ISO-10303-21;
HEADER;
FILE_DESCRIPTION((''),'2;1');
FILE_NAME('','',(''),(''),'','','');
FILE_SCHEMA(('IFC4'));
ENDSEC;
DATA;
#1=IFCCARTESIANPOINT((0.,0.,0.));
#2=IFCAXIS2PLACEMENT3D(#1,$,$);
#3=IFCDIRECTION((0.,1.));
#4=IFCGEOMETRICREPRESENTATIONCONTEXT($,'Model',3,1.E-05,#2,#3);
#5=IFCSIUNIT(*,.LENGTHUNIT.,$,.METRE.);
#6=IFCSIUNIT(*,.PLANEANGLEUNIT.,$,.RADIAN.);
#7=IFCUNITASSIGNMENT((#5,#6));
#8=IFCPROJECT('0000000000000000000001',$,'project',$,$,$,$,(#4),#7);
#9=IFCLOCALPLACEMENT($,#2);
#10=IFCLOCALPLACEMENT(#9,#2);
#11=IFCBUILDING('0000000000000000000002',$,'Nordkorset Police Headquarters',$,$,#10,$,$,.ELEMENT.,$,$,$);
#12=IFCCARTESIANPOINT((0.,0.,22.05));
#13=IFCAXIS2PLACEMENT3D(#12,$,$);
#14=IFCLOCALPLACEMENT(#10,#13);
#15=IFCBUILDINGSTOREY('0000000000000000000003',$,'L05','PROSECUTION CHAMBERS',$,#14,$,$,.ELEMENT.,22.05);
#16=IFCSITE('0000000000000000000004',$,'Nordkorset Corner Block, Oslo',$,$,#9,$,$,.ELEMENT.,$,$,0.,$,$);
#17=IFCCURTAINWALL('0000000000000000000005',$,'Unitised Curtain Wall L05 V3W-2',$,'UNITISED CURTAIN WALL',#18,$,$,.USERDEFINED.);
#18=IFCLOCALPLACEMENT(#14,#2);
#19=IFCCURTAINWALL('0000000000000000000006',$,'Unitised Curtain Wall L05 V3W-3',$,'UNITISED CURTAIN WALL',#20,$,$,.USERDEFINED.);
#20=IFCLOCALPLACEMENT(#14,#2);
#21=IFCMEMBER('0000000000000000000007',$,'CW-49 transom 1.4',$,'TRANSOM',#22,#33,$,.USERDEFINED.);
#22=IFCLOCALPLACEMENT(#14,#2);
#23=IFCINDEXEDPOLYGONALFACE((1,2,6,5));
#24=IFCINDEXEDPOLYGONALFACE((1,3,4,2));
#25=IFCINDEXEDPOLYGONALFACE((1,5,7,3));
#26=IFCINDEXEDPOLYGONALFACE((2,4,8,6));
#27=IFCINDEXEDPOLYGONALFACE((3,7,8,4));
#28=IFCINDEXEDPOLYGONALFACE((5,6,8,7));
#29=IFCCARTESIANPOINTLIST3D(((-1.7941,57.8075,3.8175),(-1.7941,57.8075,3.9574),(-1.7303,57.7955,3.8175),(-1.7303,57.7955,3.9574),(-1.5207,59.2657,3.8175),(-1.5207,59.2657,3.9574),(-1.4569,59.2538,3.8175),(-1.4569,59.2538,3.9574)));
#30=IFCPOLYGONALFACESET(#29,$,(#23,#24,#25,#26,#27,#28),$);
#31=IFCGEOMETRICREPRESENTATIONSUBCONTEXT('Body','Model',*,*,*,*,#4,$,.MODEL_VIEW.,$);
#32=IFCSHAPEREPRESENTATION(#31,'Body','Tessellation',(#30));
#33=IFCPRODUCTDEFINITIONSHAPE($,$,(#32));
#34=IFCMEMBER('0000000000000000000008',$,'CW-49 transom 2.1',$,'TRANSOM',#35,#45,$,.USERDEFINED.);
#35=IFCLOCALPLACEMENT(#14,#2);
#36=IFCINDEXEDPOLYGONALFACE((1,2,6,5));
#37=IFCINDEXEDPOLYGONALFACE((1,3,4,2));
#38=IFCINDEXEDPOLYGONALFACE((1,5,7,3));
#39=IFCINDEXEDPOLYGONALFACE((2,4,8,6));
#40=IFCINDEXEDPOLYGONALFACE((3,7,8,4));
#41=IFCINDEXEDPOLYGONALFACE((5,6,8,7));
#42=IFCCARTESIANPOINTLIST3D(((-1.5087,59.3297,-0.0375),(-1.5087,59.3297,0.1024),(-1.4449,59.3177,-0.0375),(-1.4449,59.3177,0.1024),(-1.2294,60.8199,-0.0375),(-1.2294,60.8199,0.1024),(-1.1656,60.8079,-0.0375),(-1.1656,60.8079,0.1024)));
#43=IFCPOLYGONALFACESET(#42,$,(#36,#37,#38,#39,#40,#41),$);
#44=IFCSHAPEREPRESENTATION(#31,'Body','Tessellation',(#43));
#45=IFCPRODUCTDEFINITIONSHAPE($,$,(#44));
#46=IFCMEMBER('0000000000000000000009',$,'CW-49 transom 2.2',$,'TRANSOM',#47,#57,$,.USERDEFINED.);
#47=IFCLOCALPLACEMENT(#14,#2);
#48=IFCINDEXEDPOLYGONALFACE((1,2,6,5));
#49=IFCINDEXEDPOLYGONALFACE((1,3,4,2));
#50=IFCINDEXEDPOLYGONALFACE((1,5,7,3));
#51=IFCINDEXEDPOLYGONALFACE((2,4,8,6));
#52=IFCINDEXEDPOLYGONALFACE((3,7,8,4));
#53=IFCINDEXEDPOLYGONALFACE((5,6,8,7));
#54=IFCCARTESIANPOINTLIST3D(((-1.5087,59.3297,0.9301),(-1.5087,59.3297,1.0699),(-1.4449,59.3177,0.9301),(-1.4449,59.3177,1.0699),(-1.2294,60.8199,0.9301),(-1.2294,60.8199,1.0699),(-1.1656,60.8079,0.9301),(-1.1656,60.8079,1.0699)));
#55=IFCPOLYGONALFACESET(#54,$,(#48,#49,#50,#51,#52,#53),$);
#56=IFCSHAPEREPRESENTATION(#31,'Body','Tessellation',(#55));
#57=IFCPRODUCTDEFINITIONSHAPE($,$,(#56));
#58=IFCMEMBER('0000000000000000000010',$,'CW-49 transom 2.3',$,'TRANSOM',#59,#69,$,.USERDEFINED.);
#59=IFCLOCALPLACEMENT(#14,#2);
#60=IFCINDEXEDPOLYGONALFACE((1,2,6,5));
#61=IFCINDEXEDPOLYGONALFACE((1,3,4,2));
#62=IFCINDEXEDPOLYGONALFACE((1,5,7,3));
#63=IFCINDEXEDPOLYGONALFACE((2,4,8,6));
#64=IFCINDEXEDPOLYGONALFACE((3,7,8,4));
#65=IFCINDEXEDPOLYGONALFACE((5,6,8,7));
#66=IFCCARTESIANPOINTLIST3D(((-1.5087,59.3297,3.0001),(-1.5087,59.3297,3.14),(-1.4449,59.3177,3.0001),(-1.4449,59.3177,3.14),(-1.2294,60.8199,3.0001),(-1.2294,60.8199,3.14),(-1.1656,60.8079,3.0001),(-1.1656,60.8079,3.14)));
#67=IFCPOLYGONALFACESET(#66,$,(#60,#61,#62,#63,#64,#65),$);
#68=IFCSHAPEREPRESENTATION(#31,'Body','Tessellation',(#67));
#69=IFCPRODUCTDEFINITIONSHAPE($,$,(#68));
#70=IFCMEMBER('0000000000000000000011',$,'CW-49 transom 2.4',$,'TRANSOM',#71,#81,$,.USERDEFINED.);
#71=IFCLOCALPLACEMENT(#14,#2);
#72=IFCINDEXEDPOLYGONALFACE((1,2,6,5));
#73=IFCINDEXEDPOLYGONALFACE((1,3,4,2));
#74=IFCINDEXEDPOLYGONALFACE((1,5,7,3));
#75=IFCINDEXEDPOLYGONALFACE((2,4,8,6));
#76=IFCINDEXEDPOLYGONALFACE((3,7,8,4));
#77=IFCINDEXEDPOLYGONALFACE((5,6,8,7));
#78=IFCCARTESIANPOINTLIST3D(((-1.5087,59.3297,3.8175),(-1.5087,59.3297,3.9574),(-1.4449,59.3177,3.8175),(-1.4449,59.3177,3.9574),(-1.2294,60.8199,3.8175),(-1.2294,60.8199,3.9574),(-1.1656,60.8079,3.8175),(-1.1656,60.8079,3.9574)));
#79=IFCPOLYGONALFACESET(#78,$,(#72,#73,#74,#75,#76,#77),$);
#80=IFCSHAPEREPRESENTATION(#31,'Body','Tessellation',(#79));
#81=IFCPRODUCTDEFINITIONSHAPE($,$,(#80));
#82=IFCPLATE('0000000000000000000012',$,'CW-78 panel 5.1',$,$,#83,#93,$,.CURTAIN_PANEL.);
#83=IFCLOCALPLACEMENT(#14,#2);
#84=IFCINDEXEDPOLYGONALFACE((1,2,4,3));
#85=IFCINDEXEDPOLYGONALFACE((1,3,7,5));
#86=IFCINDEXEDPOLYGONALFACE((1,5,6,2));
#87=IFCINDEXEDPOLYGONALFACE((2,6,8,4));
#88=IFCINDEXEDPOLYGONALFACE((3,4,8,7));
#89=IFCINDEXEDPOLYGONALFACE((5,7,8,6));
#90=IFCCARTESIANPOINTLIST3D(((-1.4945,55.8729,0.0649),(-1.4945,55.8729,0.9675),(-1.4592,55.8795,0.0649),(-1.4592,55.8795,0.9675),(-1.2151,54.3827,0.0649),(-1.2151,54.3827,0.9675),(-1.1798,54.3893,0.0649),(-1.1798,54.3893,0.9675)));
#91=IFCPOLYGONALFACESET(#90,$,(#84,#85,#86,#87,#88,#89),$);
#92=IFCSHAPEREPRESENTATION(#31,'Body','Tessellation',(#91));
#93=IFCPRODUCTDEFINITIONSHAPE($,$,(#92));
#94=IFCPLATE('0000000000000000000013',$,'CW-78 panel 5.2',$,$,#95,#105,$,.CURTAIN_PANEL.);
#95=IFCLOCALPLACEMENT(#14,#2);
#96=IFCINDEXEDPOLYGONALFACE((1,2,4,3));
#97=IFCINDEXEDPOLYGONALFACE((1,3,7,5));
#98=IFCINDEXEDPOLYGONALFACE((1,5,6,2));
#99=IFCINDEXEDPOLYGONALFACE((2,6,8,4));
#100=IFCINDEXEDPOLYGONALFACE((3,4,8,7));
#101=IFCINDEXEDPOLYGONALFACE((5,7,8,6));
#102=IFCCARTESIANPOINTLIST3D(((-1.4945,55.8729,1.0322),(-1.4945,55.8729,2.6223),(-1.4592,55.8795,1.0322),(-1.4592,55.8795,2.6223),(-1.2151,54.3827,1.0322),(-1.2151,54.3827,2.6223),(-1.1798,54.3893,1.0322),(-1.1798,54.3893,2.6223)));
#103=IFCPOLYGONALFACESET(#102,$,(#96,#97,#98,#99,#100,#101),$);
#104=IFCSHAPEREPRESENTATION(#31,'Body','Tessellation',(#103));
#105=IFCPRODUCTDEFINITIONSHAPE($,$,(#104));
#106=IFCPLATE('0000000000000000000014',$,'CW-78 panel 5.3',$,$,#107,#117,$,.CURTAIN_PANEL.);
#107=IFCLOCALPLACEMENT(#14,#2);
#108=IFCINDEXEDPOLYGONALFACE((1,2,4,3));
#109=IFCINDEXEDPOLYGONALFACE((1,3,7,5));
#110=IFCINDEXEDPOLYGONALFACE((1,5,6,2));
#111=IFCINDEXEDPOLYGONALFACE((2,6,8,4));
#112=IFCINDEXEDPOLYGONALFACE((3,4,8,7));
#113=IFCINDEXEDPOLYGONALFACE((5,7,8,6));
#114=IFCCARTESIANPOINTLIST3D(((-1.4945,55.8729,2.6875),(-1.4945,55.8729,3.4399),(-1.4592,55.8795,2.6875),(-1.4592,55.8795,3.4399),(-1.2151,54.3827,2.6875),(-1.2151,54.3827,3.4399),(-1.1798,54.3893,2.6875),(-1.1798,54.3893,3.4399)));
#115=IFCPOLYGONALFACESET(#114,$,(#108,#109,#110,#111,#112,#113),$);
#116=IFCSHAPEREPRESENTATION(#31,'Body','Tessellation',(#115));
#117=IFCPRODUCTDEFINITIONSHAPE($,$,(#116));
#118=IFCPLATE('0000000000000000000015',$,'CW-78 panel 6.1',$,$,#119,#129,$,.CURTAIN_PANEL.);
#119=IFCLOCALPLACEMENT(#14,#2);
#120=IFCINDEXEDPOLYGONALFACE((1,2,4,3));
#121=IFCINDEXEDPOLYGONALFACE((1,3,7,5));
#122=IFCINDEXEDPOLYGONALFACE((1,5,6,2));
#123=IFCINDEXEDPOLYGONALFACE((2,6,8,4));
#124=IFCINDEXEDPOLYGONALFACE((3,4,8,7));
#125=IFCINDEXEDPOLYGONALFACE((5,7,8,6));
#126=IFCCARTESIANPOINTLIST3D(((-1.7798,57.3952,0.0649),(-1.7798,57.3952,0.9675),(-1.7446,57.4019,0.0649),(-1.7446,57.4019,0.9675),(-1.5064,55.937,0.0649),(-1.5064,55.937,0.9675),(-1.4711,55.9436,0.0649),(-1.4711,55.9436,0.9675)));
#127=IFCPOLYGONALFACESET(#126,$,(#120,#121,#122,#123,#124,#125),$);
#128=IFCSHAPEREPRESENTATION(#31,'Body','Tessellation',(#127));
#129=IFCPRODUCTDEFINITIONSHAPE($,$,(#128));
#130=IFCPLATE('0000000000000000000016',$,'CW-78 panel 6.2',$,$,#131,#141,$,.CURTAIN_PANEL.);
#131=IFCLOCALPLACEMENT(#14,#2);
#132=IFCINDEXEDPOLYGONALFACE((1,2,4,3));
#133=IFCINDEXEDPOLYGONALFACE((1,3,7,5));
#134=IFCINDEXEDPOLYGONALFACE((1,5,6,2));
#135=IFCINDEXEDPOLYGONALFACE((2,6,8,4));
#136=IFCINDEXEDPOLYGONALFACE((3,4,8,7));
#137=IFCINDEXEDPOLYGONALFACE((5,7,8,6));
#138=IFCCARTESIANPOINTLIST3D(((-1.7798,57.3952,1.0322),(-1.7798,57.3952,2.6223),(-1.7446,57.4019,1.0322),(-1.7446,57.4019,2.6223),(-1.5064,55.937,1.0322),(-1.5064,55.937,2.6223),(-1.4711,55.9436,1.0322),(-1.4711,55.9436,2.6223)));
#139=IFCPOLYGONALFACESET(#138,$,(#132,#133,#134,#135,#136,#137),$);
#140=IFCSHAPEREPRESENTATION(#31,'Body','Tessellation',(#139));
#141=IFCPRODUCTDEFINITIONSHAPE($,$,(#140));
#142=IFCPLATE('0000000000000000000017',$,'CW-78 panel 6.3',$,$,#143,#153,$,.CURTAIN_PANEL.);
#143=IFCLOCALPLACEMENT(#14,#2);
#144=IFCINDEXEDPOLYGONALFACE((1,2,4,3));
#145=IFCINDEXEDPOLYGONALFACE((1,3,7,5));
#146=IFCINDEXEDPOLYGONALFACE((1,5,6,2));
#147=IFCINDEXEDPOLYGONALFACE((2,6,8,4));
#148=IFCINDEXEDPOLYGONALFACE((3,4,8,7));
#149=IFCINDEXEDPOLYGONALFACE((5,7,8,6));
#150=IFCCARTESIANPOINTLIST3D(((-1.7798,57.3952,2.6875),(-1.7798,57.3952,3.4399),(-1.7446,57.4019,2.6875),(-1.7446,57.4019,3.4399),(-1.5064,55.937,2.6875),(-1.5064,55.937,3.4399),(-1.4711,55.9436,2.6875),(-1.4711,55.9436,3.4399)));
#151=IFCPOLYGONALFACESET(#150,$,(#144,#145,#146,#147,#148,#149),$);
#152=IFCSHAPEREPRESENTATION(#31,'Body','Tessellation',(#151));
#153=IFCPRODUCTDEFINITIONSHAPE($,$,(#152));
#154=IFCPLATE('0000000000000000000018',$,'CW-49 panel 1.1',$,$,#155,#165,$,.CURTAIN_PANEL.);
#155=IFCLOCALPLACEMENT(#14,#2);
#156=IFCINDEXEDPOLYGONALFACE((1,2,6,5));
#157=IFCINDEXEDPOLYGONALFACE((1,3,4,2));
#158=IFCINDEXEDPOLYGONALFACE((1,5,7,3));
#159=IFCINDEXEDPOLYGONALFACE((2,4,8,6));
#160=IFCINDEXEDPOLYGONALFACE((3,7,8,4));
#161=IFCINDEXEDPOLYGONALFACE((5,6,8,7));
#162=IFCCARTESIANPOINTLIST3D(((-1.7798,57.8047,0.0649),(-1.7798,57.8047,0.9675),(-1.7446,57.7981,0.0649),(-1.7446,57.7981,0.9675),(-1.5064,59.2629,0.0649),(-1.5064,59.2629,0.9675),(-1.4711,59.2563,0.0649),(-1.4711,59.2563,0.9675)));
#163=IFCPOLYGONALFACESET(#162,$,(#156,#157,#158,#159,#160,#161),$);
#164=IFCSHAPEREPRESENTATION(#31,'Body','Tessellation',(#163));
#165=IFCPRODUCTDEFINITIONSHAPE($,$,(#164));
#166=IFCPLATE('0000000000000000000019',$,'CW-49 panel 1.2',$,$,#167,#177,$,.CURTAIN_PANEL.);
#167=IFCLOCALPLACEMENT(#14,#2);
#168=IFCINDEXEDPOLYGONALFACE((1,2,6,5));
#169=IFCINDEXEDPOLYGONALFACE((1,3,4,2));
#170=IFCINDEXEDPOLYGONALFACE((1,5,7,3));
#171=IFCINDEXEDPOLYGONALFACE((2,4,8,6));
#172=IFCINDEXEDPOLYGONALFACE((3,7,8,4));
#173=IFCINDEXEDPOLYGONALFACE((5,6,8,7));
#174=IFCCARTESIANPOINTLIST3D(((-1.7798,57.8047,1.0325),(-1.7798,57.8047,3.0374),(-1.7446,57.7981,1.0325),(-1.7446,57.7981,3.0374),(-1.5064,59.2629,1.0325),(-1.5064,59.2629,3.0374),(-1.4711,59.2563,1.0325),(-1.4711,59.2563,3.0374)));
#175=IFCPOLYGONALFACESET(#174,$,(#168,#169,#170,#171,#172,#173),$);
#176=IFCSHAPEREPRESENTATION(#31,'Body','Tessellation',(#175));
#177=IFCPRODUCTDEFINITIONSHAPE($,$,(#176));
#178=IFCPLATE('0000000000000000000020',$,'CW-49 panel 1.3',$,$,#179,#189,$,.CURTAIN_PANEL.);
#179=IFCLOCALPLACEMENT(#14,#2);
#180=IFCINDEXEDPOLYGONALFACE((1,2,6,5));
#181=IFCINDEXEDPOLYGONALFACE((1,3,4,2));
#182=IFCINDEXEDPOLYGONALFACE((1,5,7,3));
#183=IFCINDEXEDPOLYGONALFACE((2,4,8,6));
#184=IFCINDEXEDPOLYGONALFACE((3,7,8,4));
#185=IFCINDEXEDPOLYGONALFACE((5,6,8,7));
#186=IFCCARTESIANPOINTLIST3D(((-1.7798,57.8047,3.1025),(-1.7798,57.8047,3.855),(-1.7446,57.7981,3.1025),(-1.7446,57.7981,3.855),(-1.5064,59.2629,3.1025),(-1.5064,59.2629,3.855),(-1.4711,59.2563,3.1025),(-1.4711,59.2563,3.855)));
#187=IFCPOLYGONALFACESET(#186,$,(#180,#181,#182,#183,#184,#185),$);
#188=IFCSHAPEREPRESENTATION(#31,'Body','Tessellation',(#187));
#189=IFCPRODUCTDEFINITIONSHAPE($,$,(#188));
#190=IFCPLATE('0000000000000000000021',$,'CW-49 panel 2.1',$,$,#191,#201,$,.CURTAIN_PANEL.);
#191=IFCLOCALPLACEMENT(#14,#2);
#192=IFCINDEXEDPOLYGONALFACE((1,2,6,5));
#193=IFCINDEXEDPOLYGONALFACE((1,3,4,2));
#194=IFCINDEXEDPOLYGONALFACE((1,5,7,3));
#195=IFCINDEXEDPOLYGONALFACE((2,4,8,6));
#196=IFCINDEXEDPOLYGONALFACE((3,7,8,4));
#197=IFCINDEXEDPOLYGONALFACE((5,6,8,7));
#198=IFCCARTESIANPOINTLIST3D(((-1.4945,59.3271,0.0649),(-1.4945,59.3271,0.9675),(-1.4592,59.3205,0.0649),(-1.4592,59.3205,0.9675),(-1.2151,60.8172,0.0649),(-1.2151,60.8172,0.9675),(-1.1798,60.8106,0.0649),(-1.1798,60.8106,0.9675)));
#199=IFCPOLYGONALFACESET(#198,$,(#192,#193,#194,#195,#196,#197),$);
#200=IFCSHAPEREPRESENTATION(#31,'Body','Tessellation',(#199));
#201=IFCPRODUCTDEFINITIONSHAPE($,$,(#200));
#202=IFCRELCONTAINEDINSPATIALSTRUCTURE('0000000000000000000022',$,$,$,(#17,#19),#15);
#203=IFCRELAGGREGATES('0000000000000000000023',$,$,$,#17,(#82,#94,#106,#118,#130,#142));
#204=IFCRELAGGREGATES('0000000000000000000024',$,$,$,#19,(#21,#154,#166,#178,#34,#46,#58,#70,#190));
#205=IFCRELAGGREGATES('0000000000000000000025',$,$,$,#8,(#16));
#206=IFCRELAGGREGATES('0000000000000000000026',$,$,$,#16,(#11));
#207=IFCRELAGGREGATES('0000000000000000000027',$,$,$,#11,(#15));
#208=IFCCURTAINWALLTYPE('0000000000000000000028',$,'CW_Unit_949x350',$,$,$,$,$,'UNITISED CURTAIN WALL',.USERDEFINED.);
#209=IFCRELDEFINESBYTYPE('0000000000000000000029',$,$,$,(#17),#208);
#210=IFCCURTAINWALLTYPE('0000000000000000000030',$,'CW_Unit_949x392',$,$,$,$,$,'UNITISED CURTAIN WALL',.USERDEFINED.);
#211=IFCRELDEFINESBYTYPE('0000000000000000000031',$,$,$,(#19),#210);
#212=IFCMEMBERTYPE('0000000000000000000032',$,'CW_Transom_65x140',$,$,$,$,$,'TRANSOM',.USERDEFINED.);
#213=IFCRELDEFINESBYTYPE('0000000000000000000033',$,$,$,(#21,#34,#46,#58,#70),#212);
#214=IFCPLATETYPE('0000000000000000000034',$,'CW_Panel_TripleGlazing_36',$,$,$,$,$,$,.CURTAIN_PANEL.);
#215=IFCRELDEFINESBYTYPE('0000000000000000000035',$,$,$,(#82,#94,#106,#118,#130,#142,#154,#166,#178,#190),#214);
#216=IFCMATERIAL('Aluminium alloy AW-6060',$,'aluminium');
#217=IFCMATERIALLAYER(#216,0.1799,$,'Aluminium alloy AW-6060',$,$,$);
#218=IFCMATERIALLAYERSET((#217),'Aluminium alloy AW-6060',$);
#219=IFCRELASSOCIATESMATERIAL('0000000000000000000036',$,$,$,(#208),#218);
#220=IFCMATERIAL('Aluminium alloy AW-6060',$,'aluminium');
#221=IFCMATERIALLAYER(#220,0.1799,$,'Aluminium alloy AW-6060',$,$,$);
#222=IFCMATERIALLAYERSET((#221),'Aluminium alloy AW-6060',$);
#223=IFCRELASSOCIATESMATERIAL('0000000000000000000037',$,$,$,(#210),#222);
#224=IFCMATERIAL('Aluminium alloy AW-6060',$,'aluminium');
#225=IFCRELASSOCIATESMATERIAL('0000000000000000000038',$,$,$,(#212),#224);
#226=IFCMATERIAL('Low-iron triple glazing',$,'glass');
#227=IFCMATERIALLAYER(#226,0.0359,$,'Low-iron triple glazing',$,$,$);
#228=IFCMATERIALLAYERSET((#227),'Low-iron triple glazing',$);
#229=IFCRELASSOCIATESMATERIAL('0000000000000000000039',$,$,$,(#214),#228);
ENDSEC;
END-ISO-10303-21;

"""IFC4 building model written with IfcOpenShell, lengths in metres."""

from ifc_helpers import new_model, si_unit, direction, frame, origin, origin_2d, place, context, subcontext, project, spatial, rectangle, extrude, material, layer, layer_set, material_profile, profile_set, type_object, element, aggregate, save


model = new_model("IFC4")

# Units and contexts
model_context = context("Model", 3, precision=1e-05, world=origin(), true_north=direction((0.0, 1.0)))
body_context = subcontext(model_context, "Body", "Model", "MODEL_VIEW")
ifc_project = project(units=[si_unit("LENGTHUNIT", "METRE"), si_unit("PLANEANGLEUNIT", "RADIAN")], contexts=[model_context])

# Site, building, storey
site_placement = place(None, origin())
site = spatial("IfcSite", under=ifc_project, at=site_placement, Name="Nordkorset Corner Block, Oslo", CompositionType="ELEMENT", RefElevation=0.0)
building_placement = place(site_placement, origin())
building = spatial("IfcBuilding", under=site, at=building_placement, Name="Nordkorset Police Headquarters", CompositionType="ELEMENT")
storey_placement = place(building_placement, frame((0.0, 0.0, 22.05)))
storey = spatial("IfcBuildingStorey", under=building, at=storey_placement, Name="L05", Description="PROSECUTION CHAMBERS", CompositionType="ELEMENT", Elevation=22.05)

# Curtain walls
ifc_material_1 = material(Name="Aluminium alloy AW-6060", Category="aluminium")
ifc_layer_1 = layer(ifc_material_1, 0.1799, Name="Aluminium alloy AW-6060")
ifc_layer_set_1 = layer_set([ifc_layer_1], Name="Aluminium alloy AW-6060")
curtain_wall_type_1 = type_object("IfcCurtainWallType", Name="CW_Unit_949x350", ElementType="UNITISED CURTAIN WALL", PredefinedType="USERDEFINED", material=ifc_layer_set_1)
curtain_wall_1_placement = place(storey_placement, origin())
curtain_wall_1 = element("IfcCurtainWall", 1, at=curtain_wall_1_placement, inside=storey, type_object=curtain_wall_type_1, Name="Unitised Curtain Wall L05 V3W-2", ObjectType="UNITISED CURTAIN WALL", PredefinedType="USERDEFINED")
ifc_material_2 = material(Name="Aluminium alloy AW-6060", Category="aluminium")
ifc_layer_2 = layer(ifc_material_2, 0.1799, Name="Aluminium alloy AW-6060")
ifc_layer_set_2 = layer_set([ifc_layer_2], Name="Aluminium alloy AW-6060")
curtain_wall_type_2 = type_object("IfcCurtainWallType", Name="CW_Unit_949x392", ElementType="UNITISED CURTAIN WALL", PredefinedType="USERDEFINED", material=ifc_layer_set_2)
curtain_wall_2_placement = place(storey_placement, origin())
curtain_wall_2 = element("IfcCurtainWall", 2, at=curtain_wall_2_placement, inside=storey, type_object=curtain_wall_type_2, Name="Unitised Curtain Wall L05 V3W-3", ObjectType="UNITISED CURTAIN WALL", PredefinedType="USERDEFINED")

# Members
ifc_material_3 = material(Name="Aluminium alloy AW-6060", Category="aluminium")
ifc_material_profile_1 = material_profile(ifc_material_3, rectangle(XDim=0.0649, YDim=0.1399, at=origin_2d()), Name="ALU TRAN 65x140")
ifc_profile_set_1 = profile_set([ifc_material_profile_1], Name="Aluminium alloy AW-6060")
member_type_1 = type_object("IfcMemberType", Name="CW_Transom_65x140", ElementType="TRANSOM", PredefinedType="USERDEFINED", material=ifc_profile_set_1)
member_1_placement = place(storey_placement, frame((-1.7622, 57.8015, 3.8875), z_axis=(0.184298, 0.98287, 0.0), x_axis=(-0.98287, 0.184298, 0.0)))
member_1 = element("IfcMember", 3, at=member_1_placement, type_object=member_type_1, Name="CW-49 transom 1.4", ObjectType="TRANSOM", PredefinedType="USERDEFINED", context=body_context, shape_type="SweptSolid", body=[
    extrude(rectangle(XDim=0.0649, YDim=0.1399, at=origin_2d()), origin(), (0.0, 0.0, 1.0), 1.4836),
])
member_2_placement = place(storey_placement, frame((-1.4768, 59.3237, 0.0325), z_axis=(0.184211, 0.982887, 0.0), x_axis=(-0.982887, 0.184211, 0.0)))
member_2 = element("IfcMember", 4, at=member_2_placement, type_object=member_type_1, Name="CW-49 transom 2.1", ObjectType="TRANSOM", PredefinedType="USERDEFINED", context=body_context, shape_type="SweptSolid", body=[
    extrude(rectangle(XDim=0.0649, YDim=0.1399, at=origin_2d()), origin(), (0.0, 0.0, 1.0), 1.5161),
])
member_3_placement = place(storey_placement, frame((-1.4768, 59.3237, 1.0), z_axis=(0.184211, 0.982887, 0.0), x_axis=(-0.982887, 0.184211, 0.0)))
member_3 = element("IfcMember", 5, at=member_3_placement, type_object=member_type_1, Name="CW-49 transom 2.2", ObjectType="TRANSOM", PredefinedType="USERDEFINED", context=body_context, shape_type="SweptSolid", body=[
    extrude(rectangle(XDim=0.0649, YDim=0.1399, at=origin_2d()), origin(), (0.0, 0.0, 1.0), 1.5161),
])
member_4_placement = place(storey_placement, frame((-1.4768, 59.3237, 3.0701), z_axis=(0.184211, 0.982887, 0.0), x_axis=(-0.982887, 0.184211, 0.0)))
member_4 = element("IfcMember", 6, at=member_4_placement, type_object=member_type_1, Name="CW-49 transom 2.3", ObjectType="TRANSOM", PredefinedType="USERDEFINED", context=body_context, shape_type="SweptSolid", body=[
    extrude(rectangle(XDim=0.0649, YDim=0.1399, at=origin_2d()), origin(), (0.0, 0.0, 1.0), 1.5161),
])
member_5_placement = place(storey_placement, frame((-1.4768, 59.3237, 3.8875), z_axis=(0.184211, 0.982887, 0.0), x_axis=(-0.982887, 0.184211, 0.0)))
member_5 = element("IfcMember", 7, at=member_5_placement, type_object=member_type_1, Name="CW-49 transom 2.4", ObjectType="TRANSOM", PredefinedType="USERDEFINED", context=body_context, shape_type="SweptSolid", body=[
    extrude(rectangle(XDim=0.0649, YDim=0.1399, at=origin_2d()), origin(), (0.0, 0.0, 1.0), 1.5161),
])

# Plates
ifc_material_4 = material(Name="Low-iron triple glazing", Category="glass")
ifc_layer_3 = layer(ifc_material_4, 0.0359, Name="Low-iron triple glazing")
ifc_layer_set_3 = layer_set([ifc_layer_3], Name="Low-iron triple glazing")
plate_type = type_object("IfcPlateType", Name="CW_Panel_TripleGlazing_36", PredefinedType="CURTAIN_PANEL", material=ifc_layer_set_3)
plate_1_placement = place(storey_placement, frame((-1.3372, 55.1311, 0.0649), z_axis=(0.0, 0.0, 1.0), x_axis=(-0.184289, 0.982872, 0.0)))
plate_1 = element("IfcPlate", 8, at=plate_1_placement, type_object=plate_type, Name="CW-78 panel 5.1", PredefinedType="CURTAIN_PANEL", context=body_context, shape_type="SweptSolid", body=[
    extrude(rectangle(XDim=1.5161, YDim=0.0359, at=origin_2d()), origin(), (0.0, 0.0, 1.0), 0.9026),
])
plate_2_placement = place(storey_placement, frame((-1.3372, 55.1311, 1.0322), z_axis=(0.0, 0.0, 1.0), x_axis=(-0.184289, 0.982872, 0.0)))
plate_2 = element("IfcPlate", 9, at=plate_2_placement, type_object=plate_type, Name="CW-78 panel 5.2", PredefinedType="CURTAIN_PANEL", context=body_context, shape_type="SweptSolid", body=[
    extrude(rectangle(XDim=1.5161, YDim=0.0359, at=origin_2d()), origin(), (0.0, 0.0, 1.0), 1.5901),
])
plate_3_placement = place(storey_placement, frame((-1.3372, 55.1311, 2.6875), z_axis=(0.0, 0.0, 1.0), x_axis=(-0.184289, 0.982872, 0.0)))
plate_3 = element("IfcPlate", 10, at=plate_3_placement, type_object=plate_type, Name="CW-78 panel 5.3", PredefinedType="CURTAIN_PANEL", context=body_context, shape_type="SweptSolid", body=[
    extrude(rectangle(XDim=1.5161, YDim=0.0359, at=origin_2d()), origin(), (0.0, 0.0, 1.0), 0.7524),
])
plate_4_placement = place(storey_placement, frame((-1.6255, 56.6694, 0.0649), z_axis=(0.0, 0.0, 1.0), x_axis=(-0.184289, 0.982872, 0.0)))
plate_4 = element("IfcPlate", 11, at=plate_4_placement, type_object=plate_type, Name="CW-78 panel 6.1", PredefinedType="CURTAIN_PANEL", context=body_context, shape_type="SweptSolid", body=[
    extrude(rectangle(XDim=1.4836, YDim=0.0359, at=origin_2d()), origin(), (0.0, 0.0, 1.0), 0.9026),
])
plate_5_placement = place(storey_placement, frame((-1.6255, 56.6694, 1.0322), z_axis=(0.0, 0.0, 1.0), x_axis=(-0.184289, 0.982872, 0.0)))
plate_5 = element("IfcPlate", 12, at=plate_5_placement, type_object=plate_type, Name="CW-78 panel 6.2", PredefinedType="CURTAIN_PANEL", context=body_context, shape_type="SweptSolid", body=[
    extrude(rectangle(XDim=1.4836, YDim=0.0359, at=origin_2d()), origin(), (0.0, 0.0, 1.0), 1.5901),
])
plate_6_placement = place(storey_placement, frame((-1.6255, 56.6694, 2.6875), z_axis=(0.0, 0.0, 1.0), x_axis=(-0.184289, 0.982872, 0.0)))
plate_6 = element("IfcPlate", 13, at=plate_6_placement, type_object=plate_type, Name="CW-78 panel 6.3", PredefinedType="CURTAIN_PANEL", context=body_context, shape_type="SweptSolid", body=[
    extrude(rectangle(XDim=1.4836, YDim=0.0359, at=origin_2d()), origin(), (0.0, 0.0, 1.0), 0.7524),
])
aggregate(curtain_wall_1, [plate_1, plate_2, plate_3, plate_4, plate_5, plate_6])
plate_7_placement = place(storey_placement, frame((-1.6255, 58.5305, 0.0649), z_axis=(0.0, 0.0, 1.0), x_axis=(0.184289, 0.982872, 0.0)))
plate_7 = element("IfcPlate", 14, at=plate_7_placement, type_object=plate_type, Name="CW-49 panel 1.1", PredefinedType="CURTAIN_PANEL", context=body_context, shape_type="SweptSolid", body=[
    extrude(rectangle(XDim=1.4836, YDim=0.0359, at=origin_2d()), origin(), (0.0, 0.0, 1.0), 0.9026),
])
plate_8_placement = place(storey_placement, frame((-1.6255, 58.5305, 1.0325), z_axis=(0.0, 0.0, 1.0), x_axis=(0.184289, 0.982872, 0.0)))
plate_8 = element("IfcPlate", 15, at=plate_8_placement, type_object=plate_type, Name="CW-49 panel 1.2", PredefinedType="CURTAIN_PANEL", context=body_context, shape_type="SweptSolid", body=[
    extrude(rectangle(XDim=1.4836, YDim=0.0359, at=origin_2d()), origin(), (0.0, 0.0, 1.0), 2.0049),
])
plate_9_placement = place(storey_placement, frame((-1.6255, 58.5305, 3.1025), z_axis=(0.0, 0.0, 1.0), x_axis=(0.184289, 0.982872, 0.0)))
plate_9 = element("IfcPlate", 16, at=plate_9_placement, type_object=plate_type, Name="CW-49 panel 1.3", PredefinedType="CURTAIN_PANEL", context=body_context, shape_type="SweptSolid", body=[
    extrude(rectangle(XDim=1.4836, YDim=0.0359, at=origin_2d()), origin(), (0.0, 0.0, 1.0), 0.7524),
])
plate_10_placement = place(storey_placement, frame((-1.3372, 60.0688, 0.0649), z_axis=(0.0, 0.0, 1.0), x_axis=(0.184289, 0.982872, 0.0)))
plate_10 = element("IfcPlate", 17, at=plate_10_placement, type_object=plate_type, Name="CW-49 panel 2.1", PredefinedType="CURTAIN_PANEL", context=body_context, shape_type="SweptSolid", body=[
    extrude(rectangle(XDim=1.5161, YDim=0.0359, at=origin_2d()), origin(), (0.0, 0.0, 1.0), 0.9026),
])
aggregate(curtain_wall_2, [member_1, plate_7, plate_8, plate_9, member_2, member_3, member_4, member_5, plate_10])

save(model, "model.ifc")
